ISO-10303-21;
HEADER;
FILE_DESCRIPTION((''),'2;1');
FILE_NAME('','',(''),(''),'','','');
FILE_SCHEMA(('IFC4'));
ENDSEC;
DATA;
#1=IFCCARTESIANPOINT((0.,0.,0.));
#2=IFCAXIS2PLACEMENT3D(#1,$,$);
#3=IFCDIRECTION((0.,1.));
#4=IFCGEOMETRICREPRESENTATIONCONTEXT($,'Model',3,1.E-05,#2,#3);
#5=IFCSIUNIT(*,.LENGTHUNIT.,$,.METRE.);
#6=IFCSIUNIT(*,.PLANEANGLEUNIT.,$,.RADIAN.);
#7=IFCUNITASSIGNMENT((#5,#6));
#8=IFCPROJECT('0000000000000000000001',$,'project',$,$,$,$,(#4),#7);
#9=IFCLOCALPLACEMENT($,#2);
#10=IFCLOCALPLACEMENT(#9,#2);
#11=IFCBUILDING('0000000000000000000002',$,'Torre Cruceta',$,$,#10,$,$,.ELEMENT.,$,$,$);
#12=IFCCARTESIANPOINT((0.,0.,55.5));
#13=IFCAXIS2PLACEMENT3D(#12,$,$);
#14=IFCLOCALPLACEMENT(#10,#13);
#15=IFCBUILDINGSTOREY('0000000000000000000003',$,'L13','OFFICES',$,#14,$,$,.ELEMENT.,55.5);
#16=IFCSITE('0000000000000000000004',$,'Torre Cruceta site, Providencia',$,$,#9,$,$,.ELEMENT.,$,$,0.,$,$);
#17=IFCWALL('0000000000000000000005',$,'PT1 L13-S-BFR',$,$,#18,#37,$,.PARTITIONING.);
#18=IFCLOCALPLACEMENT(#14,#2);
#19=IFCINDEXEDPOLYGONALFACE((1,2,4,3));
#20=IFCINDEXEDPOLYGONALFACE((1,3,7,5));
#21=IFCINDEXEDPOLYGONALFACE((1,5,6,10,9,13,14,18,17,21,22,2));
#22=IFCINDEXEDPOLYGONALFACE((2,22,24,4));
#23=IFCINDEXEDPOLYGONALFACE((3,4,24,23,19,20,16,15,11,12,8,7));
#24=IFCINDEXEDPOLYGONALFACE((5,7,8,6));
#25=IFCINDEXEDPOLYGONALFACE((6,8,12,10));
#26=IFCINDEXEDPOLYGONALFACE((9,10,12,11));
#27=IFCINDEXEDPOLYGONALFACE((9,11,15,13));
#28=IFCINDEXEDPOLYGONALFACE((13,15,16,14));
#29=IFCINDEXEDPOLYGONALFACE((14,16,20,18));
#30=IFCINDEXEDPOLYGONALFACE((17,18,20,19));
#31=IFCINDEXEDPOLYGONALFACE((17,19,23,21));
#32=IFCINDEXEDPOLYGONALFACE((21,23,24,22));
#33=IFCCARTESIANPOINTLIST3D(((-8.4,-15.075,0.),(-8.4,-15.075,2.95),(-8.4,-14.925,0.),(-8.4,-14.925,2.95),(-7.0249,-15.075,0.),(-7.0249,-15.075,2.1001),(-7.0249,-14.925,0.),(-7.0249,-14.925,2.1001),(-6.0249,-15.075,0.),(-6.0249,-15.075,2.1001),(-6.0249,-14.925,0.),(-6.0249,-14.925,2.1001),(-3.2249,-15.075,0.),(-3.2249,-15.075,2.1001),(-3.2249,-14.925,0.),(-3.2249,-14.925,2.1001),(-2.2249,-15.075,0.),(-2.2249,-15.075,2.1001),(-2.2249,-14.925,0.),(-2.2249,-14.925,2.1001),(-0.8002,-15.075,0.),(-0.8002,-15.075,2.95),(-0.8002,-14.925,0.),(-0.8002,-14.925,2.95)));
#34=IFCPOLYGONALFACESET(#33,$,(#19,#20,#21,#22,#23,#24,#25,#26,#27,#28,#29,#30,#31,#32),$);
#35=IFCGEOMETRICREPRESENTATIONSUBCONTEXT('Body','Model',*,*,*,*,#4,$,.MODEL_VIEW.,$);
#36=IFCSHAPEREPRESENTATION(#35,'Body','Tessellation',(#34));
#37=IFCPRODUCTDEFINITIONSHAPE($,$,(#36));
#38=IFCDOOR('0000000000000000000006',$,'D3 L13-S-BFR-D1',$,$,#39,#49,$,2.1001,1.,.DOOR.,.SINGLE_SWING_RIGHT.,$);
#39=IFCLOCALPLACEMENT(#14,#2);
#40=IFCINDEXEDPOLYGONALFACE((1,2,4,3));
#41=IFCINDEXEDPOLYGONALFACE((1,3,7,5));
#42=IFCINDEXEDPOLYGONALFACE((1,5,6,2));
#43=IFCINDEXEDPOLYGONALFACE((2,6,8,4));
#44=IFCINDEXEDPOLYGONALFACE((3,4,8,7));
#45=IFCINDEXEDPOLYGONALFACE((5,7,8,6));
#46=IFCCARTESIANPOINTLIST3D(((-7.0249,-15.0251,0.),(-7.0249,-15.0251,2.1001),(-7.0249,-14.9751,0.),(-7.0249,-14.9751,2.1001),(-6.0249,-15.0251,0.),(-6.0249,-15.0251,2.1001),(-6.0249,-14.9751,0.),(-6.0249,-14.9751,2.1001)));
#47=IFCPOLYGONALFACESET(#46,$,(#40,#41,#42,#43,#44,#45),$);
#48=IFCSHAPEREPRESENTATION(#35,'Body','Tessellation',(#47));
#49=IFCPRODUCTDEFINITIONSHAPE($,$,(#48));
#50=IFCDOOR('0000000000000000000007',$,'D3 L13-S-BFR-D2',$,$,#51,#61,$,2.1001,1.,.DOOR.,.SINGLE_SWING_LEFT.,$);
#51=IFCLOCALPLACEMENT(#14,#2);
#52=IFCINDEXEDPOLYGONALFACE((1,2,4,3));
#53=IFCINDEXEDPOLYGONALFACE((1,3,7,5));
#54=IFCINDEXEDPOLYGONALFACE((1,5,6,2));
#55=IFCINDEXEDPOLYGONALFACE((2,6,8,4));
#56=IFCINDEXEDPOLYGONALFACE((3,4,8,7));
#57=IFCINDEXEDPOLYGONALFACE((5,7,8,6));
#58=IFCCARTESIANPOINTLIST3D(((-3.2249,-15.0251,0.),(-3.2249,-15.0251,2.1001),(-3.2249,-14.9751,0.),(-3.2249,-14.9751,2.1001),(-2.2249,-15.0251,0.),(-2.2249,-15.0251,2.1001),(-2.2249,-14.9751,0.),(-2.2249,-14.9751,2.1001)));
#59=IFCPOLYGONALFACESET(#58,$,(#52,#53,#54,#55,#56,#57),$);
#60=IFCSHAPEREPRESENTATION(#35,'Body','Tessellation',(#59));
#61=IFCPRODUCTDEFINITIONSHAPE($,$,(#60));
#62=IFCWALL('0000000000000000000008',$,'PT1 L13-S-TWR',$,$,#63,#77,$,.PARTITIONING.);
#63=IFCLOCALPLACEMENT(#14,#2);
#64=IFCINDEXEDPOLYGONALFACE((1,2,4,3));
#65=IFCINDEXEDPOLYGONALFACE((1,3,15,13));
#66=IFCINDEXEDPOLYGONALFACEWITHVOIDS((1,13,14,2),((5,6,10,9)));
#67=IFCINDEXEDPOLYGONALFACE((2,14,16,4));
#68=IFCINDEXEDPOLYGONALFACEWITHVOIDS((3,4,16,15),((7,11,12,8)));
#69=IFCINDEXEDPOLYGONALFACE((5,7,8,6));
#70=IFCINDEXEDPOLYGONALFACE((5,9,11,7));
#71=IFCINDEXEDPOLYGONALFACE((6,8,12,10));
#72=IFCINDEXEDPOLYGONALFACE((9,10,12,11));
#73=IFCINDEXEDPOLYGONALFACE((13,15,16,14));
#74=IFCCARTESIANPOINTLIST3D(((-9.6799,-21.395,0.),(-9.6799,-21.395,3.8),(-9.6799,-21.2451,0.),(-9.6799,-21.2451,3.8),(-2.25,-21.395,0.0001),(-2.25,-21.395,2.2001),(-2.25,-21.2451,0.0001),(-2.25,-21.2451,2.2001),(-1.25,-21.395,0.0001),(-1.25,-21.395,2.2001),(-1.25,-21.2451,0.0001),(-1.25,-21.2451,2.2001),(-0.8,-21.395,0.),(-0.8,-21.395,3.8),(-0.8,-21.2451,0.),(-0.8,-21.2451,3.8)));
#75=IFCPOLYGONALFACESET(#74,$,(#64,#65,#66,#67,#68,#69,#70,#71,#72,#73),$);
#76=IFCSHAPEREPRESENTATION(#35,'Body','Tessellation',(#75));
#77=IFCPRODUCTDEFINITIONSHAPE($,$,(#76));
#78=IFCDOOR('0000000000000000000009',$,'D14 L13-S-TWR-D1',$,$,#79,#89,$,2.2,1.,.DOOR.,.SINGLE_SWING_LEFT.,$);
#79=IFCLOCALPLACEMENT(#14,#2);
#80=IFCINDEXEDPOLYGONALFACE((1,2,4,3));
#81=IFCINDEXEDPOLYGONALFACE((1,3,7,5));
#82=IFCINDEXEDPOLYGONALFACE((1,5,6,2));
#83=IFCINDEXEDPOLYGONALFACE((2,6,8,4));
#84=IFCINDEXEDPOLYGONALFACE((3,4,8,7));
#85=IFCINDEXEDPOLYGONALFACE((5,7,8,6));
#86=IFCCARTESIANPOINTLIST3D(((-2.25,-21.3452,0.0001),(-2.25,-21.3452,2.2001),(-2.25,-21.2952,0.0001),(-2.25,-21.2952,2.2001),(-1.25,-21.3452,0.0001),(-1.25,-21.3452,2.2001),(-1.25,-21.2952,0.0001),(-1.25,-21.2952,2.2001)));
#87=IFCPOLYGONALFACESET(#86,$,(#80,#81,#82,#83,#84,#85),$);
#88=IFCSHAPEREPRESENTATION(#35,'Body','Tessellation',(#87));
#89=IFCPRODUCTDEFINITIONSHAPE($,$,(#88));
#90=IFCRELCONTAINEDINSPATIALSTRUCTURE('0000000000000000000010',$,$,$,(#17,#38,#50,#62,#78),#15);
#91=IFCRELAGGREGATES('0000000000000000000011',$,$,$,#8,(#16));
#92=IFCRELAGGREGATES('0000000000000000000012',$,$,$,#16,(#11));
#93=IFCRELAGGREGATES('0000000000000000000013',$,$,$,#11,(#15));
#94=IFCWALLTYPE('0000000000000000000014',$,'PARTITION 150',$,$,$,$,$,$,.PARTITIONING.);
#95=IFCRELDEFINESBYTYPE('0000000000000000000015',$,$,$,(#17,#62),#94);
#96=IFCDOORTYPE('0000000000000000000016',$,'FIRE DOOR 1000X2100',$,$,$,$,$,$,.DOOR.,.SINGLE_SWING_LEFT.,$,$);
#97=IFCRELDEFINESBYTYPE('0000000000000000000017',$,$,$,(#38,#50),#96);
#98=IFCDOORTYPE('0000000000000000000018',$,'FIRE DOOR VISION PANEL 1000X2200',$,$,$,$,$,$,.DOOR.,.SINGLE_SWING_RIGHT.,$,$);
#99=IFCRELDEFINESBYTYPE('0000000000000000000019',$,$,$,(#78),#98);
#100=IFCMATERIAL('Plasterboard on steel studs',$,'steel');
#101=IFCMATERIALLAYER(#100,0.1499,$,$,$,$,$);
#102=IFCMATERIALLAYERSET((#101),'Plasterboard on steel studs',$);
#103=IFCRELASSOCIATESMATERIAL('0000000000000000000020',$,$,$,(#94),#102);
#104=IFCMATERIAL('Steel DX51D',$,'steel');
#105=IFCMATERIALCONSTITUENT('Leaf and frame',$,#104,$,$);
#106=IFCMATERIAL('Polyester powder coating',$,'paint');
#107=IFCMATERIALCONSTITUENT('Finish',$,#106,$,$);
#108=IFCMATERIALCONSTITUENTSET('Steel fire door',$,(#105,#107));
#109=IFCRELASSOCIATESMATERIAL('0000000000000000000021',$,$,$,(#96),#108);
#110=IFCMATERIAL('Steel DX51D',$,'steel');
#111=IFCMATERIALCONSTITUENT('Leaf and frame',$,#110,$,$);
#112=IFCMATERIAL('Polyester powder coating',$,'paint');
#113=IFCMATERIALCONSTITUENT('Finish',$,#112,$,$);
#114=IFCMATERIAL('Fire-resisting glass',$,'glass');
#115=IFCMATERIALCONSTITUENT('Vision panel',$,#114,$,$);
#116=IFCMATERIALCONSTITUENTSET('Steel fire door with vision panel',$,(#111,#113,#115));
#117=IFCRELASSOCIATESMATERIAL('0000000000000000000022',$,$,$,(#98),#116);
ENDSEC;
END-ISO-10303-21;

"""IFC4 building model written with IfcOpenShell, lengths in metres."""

from ifc_helpers import new_model, si_unit, direction, frame, frame_2d, origin, place, context, subcontext, project, spatial, rectangle, extrude, material, layer, layer_set, constituent, constituent_set, type_object, element, fill, save


model = new_model("IFC4")

# Units and contexts
model_context = context("Model", 3, precision=1e-05, world=origin(), true_north=direction((0.0, 1.0)))
body_context = subcontext(model_context, "Body", "Model", "MODEL_VIEW")
ifc_project = project(units=[si_unit("LENGTHUNIT", "METRE"), si_unit("PLANEANGLEUNIT", "RADIAN")], contexts=[model_context])

# Site, building, storey
site_placement = place(None, origin())
site = spatial("IfcSite", under=ifc_project, at=site_placement, Name="Torre Cruceta site, Providencia", CompositionType="ELEMENT", RefElevation=0.0)
building_placement = place(site_placement, origin())
building = spatial("IfcBuilding", under=site, at=building_placement, Name="Torre Cruceta", CompositionType="ELEMENT")
storey_placement = place(building_placement, frame((0.0, 0.0, 55.5)))
storey = spatial("IfcBuildingStorey", under=building, at=storey_placement, Name="L13", Description="OFFICES", CompositionType="ELEMENT", Elevation=55.5)

# Wall, openings, doors
ifc_material_1 = material(Name="Plasterboard on steel studs", Category="steel")
ifc_layer_1 = layer(ifc_material_1, 0.1499)
ifc_layer_set_1 = layer_set([ifc_layer_1], Name="Plasterboard on steel studs")
wall_type_1 = type_object("IfcWallType", Name="PARTITION 150", PredefinedType="PARTITIONING", material=ifc_layer_set_1)
wall_1_placement = place(storey_placement, frame((-8.3999, -15.0, 0.0), z_axis=(0.0, 0.0, 1.0), x_axis=(1.0, 0.0, 0.0)))
wall_1 = element("IfcWall", 1, at=wall_1_placement, inside=storey, type_object=wall_type_1, Name="PT1 L13-S-BFR", PredefinedType="PARTITIONING", context=body_context, shape_type="SweptSolid", body=[
    extrude(rectangle(XDim=7.5999, YDim=0.1499, at=frame_2d((3.7998, 0.0))), origin(), (0.0, 0.0, 1.0), 2.95),
])
opening_1_placement = place(wall_1_placement, frame((1.375, 0.0, 0.0)))
opening_1 = element("IfcOpeningElement", 2, at=opening_1_placement, cuts=wall_1, PredefinedType="OPENING", context=body_context, shape_type="SweptSolid", body=[
    extrude(rectangle(XDim=1.0, YDim=2.1001, at=frame_2d((0.5, 1.05))), frame((0.0, 0.085, 0.0), z_axis=(0.0, -1.0, 0.0), x_axis=(1.0, 0.0, 0.0)), (0.0, 0.0, 1.0), 0.1699),
])
opening_2_placement = place(wall_1_placement, frame((5.175, 0.0, 0.0)))
opening_2 = element("IfcOpeningElement", 3, at=opening_2_placement, cuts=wall_1, PredefinedType="OPENING", context=body_context, shape_type="SweptSolid", body=[
    extrude(rectangle(XDim=1.0, YDim=2.1001, at=frame_2d((0.5, 1.05))), frame((0.0, 0.085, 0.0), z_axis=(0.0, -1.0, 0.0), x_axis=(1.0, 0.0, 0.0)), (0.0, 0.0, 1.0), 0.1699),
])
ifc_material_2 = material(Name="Steel DX51D", Category="steel")
ifc_constituent_1 = constituent(ifc_material_2, Name="Leaf and frame")
ifc_material_3 = material(Name="Polyester powder coating", Category="paint")
ifc_constituent_2 = constituent(ifc_material_3, Name="Finish")
ifc_constituent_set_1 = constituent_set(constituents=[ifc_constituent_1, ifc_constituent_2], Name="Steel fire door")
door_type_1 = type_object("IfcDoorType", Name="FIRE DOOR 1000X2100", OperationType="SINGLE_SWING_LEFT", PredefinedType="DOOR", material=ifc_constituent_set_1)
door_1_placement = place(opening_1_placement, origin())
door_1 = element("IfcDoor", 4, at=door_1_placement, inside=storey, type_object=door_type_1, Name="D3 L13-S-BFR-D1", OperationType="SINGLE_SWING_RIGHT", OverallHeight=2.1001, OverallWidth=1.0, PredefinedType="DOOR", context=body_context, shape_type="SweptSolid", body=[
    extrude(rectangle(XDim=1.0, YDim=2.1001, at=frame_2d((0.5, 1.05))), frame((0.0, 0.0249, 0.0), z_axis=(0.0, -1.0, 0.0), x_axis=(1.0, 0.0, 0.0)), (0.0, 0.0, 1.0), 0.05),
])
fill(opening_1, door_1)
door_2_placement = place(opening_2_placement, origin())
door_2 = element("IfcDoor", 5, at=door_2_placement, inside=storey, type_object=door_type_1, Name="D3 L13-S-BFR-D2", OperationType="SINGLE_SWING_LEFT", OverallHeight=2.1001, OverallWidth=1.0, PredefinedType="DOOR", context=body_context, shape_type="SweptSolid", body=[
    extrude(rectangle(XDim=1.0, YDim=2.1001, at=frame_2d((0.5, 1.05))), frame((0.0, 0.0249, 0.0), z_axis=(0.0, -1.0, 0.0), x_axis=(1.0, 0.0, 0.0)), (0.0, 0.0, 1.0), 0.05),
])
fill(opening_2, door_2)

# Wall, opening, door
wall_2_placement = place(storey_placement, frame((-9.6799, -21.3201, 0.0), z_axis=(0.0, 0.0, 1.0), x_axis=(1.0, 0.0, 0.0)))
wall_2 = element("IfcWall", 6, at=wall_2_placement, inside=storey, type_object=wall_type_1, Name="PT1 L13-S-TWR", PredefinedType="PARTITIONING", context=body_context, shape_type="SweptSolid", body=[
    extrude(rectangle(XDim=8.8799, YDim=0.1499, at=frame_2d((4.4399, 0.0))), origin(), (0.0, 0.0, 1.0), 3.8),
])
opening_3_placement = place(wall_2_placement, frame((7.4299, 0.0, 0.0)))
opening_3 = element("IfcOpeningElement", 7, at=opening_3_placement, cuts=wall_2, PredefinedType="OPENING", context=body_context, shape_type="SweptSolid", body=[
    extrude(rectangle(XDim=1.0, YDim=2.2, at=frame_2d((0.5, 1.1001))), frame((0.0, 0.085, 0.0), z_axis=(0.0, -1.0, 0.0), x_axis=(1.0, 0.0, 0.0)), (0.0, 0.0, 1.0), 0.1699),
])
ifc_material_4 = material(Name="Steel DX51D", Category="steel")
ifc_constituent_3 = constituent(ifc_material_4, Name="Leaf and frame")
ifc_material_5 = material(Name="Polyester powder coating", Category="paint")
ifc_constituent_4 = constituent(ifc_material_5, Name="Finish")
ifc_material_6 = material(Name="Fire-resisting glass", Category="glass")
ifc_constituent_5 = constituent(ifc_material_6, Name="Vision panel")
ifc_constituent_set_2 = constituent_set(constituents=[ifc_constituent_3, ifc_constituent_4, ifc_constituent_5], Name="Steel fire door with vision panel")
door_type_2 = type_object("IfcDoorType", Name="FIRE DOOR VISION PANEL 1000X2200", OperationType="SINGLE_SWING_RIGHT", PredefinedType="DOOR", material=ifc_constituent_set_2)
door_3_placement = place(opening_3_placement, frame((1.0, 0.0, 0.0), z_axis=(0.0, 0.0, 1.0), x_axis=(-1.0, 0.0, 0.0)))
door_3 = element("IfcDoor", 8, at=door_3_placement, inside=storey, type_object=door_type_2, Name="D14 L13-S-TWR-D1", OperationType="SINGLE_SWING_LEFT", OverallHeight=2.2, OverallWidth=1.0, PredefinedType="DOOR", context=body_context, shape_type="SweptSolid", body=[
    extrude(rectangle(XDim=1.0, YDim=2.2, at=frame_2d((0.5, 1.1001))), frame((0.0, 0.0251, 0.0), z_axis=(0.0, -1.0, 0.0), x_axis=(1.0, 0.0, 0.0)), (0.0, 0.0, 1.0), 0.05),
])
fill(opening_3, door_3)

save(model, "model.ifc")
